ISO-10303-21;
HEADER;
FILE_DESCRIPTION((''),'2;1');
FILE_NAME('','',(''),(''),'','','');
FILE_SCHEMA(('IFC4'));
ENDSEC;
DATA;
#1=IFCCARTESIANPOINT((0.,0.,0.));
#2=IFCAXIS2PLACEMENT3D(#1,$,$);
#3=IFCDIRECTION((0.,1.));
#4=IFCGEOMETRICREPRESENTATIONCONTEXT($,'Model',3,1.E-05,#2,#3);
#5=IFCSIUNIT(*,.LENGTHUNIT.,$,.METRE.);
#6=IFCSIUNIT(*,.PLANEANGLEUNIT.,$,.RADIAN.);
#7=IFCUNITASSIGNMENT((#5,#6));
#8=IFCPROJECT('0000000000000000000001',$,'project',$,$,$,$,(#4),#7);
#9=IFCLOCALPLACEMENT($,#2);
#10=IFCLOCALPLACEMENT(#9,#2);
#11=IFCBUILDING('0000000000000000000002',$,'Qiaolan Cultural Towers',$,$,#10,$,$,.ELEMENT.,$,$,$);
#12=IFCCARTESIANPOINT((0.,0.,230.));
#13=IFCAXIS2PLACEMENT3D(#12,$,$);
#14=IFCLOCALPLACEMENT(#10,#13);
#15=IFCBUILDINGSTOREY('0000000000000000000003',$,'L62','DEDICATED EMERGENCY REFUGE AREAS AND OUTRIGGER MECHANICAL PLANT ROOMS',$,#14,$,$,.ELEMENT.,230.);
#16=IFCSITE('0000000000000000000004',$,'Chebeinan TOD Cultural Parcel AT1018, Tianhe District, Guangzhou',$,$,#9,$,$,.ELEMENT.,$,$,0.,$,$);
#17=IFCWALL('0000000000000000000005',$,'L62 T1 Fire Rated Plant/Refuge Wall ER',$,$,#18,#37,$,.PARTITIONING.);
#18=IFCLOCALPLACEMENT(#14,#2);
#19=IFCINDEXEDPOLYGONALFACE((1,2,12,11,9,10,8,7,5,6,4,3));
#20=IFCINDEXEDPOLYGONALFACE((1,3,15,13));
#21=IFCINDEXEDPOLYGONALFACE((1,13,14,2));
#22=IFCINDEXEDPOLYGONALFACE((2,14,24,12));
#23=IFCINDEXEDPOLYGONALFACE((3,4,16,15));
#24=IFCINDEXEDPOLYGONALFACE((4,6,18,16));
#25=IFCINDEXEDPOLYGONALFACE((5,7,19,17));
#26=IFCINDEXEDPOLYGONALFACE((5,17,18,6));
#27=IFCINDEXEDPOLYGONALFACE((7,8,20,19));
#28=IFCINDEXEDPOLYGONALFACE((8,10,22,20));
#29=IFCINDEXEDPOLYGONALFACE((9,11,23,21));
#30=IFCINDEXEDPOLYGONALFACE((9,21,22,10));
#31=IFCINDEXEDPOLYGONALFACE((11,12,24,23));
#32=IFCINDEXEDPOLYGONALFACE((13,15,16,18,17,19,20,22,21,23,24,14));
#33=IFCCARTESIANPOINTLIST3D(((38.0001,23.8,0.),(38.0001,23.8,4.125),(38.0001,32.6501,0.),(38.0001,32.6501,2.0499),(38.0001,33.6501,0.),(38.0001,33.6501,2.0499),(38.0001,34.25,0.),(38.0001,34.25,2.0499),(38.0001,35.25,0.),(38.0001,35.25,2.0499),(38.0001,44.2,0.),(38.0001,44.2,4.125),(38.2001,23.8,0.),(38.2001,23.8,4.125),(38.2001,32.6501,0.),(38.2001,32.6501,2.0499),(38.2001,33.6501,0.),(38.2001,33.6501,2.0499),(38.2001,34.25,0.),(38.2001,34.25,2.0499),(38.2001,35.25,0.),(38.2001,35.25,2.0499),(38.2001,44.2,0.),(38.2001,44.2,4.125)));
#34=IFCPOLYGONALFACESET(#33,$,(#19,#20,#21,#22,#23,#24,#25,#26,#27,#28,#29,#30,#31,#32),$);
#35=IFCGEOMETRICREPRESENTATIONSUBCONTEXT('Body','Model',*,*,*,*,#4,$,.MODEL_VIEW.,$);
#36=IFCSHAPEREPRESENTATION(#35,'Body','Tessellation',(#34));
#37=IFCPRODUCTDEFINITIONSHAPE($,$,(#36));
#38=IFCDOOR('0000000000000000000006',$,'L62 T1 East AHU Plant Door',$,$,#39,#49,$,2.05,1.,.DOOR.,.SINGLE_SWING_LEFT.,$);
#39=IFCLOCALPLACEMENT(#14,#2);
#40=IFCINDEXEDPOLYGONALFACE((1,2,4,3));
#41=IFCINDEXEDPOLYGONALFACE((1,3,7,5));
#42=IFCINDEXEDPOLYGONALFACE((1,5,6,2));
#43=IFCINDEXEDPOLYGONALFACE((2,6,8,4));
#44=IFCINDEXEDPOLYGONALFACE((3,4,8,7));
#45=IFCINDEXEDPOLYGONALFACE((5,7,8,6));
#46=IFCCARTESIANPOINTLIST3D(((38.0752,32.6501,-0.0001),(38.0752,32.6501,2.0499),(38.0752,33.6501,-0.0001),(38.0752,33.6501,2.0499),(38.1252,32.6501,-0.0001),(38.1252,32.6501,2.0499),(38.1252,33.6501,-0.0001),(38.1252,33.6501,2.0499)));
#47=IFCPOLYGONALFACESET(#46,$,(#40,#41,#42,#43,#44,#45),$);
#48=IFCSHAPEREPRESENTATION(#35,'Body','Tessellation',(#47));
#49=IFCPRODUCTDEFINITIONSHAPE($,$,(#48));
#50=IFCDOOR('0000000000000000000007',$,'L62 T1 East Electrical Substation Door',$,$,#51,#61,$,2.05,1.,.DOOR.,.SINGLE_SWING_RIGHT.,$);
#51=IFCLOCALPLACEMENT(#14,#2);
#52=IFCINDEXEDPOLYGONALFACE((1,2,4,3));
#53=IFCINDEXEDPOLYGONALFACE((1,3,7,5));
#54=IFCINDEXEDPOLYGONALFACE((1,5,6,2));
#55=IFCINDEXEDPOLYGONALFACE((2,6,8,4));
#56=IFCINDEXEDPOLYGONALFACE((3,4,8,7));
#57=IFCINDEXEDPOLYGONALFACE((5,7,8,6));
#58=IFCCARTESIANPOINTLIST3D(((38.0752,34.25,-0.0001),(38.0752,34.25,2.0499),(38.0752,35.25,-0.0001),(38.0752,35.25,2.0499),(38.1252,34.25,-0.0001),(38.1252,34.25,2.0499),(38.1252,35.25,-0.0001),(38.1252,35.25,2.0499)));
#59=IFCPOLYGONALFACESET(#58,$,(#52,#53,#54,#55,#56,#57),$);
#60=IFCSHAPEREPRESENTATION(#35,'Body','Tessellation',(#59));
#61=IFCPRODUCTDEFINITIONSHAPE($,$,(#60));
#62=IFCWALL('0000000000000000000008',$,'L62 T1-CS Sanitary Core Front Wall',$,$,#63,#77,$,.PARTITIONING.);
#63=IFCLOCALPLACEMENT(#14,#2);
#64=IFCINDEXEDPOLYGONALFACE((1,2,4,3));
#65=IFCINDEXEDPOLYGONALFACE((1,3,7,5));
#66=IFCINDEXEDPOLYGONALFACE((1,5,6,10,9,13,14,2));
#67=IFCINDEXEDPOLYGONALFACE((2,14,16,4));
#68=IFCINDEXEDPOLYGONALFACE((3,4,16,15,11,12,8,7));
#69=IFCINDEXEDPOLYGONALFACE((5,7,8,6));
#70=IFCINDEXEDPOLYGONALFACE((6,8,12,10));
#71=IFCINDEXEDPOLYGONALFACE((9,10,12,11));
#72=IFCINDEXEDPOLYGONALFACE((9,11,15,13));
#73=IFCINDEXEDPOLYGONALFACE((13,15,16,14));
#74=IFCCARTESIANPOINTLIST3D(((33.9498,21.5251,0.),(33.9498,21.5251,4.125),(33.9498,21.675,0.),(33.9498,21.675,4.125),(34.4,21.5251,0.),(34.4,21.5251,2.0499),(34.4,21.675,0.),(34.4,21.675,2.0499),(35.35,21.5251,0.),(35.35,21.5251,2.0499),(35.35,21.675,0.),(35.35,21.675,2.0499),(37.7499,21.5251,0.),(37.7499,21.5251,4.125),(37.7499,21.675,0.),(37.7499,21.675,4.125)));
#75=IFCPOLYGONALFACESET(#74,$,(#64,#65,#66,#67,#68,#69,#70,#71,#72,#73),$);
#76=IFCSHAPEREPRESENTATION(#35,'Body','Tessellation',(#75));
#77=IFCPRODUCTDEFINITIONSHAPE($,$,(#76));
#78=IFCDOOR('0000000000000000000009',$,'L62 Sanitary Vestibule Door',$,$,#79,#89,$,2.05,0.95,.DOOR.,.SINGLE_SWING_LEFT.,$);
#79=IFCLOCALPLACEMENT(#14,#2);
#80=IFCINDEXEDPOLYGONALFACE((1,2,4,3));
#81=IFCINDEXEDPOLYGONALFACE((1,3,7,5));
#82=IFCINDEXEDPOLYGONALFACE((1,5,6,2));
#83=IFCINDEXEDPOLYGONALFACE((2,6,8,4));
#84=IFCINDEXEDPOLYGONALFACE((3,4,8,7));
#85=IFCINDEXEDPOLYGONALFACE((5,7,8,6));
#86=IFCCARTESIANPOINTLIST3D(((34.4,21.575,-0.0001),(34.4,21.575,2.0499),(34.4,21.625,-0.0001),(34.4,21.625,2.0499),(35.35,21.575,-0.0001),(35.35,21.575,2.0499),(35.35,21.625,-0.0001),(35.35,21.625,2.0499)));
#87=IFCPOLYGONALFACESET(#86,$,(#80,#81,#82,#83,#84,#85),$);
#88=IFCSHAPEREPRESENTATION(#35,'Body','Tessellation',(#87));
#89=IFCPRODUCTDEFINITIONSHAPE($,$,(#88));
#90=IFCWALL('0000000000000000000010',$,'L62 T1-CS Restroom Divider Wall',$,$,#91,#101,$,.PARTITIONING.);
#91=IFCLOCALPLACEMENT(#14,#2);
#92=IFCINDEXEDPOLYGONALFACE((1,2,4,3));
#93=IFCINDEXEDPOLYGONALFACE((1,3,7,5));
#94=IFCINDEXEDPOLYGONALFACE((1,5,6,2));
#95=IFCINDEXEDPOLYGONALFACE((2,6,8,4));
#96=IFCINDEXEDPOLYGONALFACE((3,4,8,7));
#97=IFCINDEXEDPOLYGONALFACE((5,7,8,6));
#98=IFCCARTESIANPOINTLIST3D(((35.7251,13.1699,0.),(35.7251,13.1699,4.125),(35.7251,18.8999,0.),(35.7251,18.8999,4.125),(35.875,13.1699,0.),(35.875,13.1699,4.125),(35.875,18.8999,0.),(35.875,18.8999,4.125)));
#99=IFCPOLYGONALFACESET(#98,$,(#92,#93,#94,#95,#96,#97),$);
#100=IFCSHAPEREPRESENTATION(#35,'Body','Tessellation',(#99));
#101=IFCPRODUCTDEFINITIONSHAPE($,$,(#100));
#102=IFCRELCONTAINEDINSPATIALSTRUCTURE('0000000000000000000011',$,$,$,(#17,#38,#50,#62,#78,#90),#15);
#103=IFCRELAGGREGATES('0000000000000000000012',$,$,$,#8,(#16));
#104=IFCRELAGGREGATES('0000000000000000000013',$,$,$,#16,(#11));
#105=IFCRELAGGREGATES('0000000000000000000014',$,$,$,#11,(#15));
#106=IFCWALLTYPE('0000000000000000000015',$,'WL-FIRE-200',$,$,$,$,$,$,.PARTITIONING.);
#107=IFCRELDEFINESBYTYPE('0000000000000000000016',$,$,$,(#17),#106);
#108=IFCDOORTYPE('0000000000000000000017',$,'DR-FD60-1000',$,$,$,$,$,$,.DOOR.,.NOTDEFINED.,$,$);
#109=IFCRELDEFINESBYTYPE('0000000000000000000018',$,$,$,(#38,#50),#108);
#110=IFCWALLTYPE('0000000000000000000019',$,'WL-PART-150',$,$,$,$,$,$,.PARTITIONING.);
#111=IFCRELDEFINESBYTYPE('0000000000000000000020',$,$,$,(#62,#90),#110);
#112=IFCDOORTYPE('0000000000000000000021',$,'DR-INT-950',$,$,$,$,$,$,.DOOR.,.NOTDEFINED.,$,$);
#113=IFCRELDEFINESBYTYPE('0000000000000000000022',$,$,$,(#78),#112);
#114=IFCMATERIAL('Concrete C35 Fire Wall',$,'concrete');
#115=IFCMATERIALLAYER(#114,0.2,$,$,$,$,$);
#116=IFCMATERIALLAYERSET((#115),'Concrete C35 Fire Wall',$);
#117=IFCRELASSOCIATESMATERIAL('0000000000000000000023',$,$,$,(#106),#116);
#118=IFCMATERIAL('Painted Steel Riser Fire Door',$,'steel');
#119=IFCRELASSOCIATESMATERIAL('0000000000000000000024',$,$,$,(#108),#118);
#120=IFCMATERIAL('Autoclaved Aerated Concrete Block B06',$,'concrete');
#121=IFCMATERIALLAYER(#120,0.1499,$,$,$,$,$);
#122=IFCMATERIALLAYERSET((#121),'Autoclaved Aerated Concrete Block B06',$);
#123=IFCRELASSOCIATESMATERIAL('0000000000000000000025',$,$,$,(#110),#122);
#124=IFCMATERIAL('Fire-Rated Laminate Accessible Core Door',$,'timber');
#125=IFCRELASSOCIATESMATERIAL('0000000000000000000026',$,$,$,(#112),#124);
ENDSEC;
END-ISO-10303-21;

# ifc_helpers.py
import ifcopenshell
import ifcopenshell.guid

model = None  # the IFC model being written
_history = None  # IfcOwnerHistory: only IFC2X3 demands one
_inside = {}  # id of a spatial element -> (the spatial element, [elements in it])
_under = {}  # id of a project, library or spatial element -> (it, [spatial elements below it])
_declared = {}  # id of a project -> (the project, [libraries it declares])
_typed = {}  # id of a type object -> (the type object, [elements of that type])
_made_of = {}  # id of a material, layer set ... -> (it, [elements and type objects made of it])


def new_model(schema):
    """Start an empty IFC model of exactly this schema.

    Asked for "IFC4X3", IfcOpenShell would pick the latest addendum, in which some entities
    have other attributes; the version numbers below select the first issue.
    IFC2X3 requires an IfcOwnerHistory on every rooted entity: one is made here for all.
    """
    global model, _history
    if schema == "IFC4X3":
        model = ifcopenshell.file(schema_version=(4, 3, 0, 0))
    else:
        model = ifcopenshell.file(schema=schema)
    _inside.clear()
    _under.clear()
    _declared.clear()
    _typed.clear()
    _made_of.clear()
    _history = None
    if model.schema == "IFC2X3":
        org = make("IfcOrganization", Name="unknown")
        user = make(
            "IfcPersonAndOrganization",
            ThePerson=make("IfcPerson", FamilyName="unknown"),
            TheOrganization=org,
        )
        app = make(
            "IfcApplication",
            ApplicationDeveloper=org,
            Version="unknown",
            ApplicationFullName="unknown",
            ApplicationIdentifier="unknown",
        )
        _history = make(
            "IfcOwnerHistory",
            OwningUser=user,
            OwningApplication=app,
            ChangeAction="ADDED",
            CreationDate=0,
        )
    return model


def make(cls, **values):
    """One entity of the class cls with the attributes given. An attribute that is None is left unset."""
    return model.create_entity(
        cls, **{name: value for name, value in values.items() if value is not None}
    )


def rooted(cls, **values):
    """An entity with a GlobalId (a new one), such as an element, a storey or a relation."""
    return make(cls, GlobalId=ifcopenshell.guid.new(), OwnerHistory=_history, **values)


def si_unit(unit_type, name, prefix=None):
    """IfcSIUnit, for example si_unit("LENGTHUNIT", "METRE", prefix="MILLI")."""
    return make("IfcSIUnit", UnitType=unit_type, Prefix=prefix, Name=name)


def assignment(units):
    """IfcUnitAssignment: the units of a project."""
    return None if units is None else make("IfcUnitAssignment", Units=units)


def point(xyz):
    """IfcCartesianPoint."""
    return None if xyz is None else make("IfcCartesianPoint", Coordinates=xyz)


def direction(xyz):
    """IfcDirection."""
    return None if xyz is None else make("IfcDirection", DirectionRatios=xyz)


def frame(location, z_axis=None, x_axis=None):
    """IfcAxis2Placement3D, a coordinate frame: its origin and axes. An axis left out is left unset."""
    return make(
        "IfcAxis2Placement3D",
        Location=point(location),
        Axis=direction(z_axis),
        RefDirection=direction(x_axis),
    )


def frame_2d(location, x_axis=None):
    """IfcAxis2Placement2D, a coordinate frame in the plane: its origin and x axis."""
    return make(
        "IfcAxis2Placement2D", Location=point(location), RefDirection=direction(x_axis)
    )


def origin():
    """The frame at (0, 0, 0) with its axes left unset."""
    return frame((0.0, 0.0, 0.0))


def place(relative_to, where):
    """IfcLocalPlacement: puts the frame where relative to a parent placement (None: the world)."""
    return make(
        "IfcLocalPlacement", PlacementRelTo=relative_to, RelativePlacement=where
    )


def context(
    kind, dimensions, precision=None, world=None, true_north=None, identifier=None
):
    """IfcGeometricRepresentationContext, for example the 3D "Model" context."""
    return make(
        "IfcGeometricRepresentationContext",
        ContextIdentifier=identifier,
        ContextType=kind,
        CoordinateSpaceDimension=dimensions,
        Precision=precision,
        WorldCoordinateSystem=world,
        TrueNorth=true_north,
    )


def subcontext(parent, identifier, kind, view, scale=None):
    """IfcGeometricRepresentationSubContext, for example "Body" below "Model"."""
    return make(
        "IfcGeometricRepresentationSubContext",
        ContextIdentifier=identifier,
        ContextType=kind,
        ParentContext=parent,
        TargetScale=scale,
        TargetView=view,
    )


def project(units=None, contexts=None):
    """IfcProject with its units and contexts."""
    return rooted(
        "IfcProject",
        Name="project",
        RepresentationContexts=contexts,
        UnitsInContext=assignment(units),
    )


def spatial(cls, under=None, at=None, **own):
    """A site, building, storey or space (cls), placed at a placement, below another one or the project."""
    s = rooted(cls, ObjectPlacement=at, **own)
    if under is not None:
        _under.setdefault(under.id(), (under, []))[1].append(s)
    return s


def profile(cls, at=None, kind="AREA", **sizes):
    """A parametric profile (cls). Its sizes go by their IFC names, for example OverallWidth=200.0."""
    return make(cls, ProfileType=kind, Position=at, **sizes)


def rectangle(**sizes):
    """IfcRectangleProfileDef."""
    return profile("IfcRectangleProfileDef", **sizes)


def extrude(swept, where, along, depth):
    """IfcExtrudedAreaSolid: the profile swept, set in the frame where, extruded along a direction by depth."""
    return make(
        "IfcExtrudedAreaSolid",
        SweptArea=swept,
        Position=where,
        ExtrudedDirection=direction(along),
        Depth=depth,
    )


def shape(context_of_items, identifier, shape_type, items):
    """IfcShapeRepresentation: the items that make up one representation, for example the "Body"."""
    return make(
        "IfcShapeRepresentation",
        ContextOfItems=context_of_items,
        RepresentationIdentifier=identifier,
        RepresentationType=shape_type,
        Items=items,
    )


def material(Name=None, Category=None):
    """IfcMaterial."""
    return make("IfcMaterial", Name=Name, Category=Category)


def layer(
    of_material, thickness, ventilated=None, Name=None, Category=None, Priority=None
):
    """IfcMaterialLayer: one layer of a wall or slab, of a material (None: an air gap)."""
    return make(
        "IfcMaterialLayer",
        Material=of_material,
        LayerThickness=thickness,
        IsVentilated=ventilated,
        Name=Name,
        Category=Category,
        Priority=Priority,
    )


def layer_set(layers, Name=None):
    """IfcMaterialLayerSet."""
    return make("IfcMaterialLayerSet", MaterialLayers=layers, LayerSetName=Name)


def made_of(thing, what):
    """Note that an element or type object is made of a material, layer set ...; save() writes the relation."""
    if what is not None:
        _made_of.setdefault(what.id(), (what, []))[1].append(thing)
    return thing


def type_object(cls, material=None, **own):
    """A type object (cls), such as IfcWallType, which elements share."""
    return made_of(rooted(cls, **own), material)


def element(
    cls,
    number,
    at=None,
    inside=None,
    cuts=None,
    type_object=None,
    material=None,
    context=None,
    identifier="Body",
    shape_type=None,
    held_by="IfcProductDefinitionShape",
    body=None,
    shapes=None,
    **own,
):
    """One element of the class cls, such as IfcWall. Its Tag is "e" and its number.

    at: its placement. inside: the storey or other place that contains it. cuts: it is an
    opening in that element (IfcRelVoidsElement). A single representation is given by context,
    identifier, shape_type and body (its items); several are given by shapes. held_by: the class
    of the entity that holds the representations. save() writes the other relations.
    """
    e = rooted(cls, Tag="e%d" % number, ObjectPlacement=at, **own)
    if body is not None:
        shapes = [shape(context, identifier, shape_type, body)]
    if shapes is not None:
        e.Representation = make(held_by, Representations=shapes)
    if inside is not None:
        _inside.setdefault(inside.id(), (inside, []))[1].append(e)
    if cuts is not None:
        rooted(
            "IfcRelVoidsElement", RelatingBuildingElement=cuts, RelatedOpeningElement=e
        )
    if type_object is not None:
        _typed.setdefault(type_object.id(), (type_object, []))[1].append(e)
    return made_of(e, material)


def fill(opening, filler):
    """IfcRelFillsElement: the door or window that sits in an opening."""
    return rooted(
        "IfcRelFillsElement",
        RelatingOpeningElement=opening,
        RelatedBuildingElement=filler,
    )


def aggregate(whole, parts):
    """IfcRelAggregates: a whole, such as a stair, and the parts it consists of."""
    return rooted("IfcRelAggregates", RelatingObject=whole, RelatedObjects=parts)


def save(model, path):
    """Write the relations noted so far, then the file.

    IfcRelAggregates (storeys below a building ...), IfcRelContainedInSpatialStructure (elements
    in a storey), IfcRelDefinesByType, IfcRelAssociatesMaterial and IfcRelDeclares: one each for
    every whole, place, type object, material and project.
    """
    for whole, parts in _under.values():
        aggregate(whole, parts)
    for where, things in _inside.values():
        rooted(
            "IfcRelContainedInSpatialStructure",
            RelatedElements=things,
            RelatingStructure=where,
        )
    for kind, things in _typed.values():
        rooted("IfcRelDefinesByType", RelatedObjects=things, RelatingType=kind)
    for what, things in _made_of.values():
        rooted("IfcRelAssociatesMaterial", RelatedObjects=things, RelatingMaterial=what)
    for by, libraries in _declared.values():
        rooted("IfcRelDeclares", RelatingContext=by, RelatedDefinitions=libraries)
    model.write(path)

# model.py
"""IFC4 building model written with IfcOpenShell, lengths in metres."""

from ifc_helpers import new_model, si_unit, direction, frame, frame_2d, origin, place, context, subcontext, project, spatial, rectangle, extrude, material, layer, layer_set, type_object, element, fill, save


model = new_model("IFC4")

# Units and contexts
model_context = context("Model", 3, precision=1e-05, world=origin(), true_north=direction((0.0, 1.0)))
body_context = subcontext(model_context, "Body", "Model", "MODEL_VIEW")
ifc_project = project(units=[si_unit("LENGTHUNIT", "METRE"), si_unit("PLANEANGLEUNIT", "RADIAN")], contexts=[model_context])

# Site, building, storey
site_placement = place(None, origin())
site = spatial("IfcSite", under=ifc_project, at=site_placement, Name="Chebeinan TOD Cultural Parcel AT1018, Tianhe District, Guangzhou", CompositionType="ELEMENT", RefElevation=0.0)
building_placement = place(site_placement, origin())
building = spatial("IfcBuilding", under=site, at=building_placement, Name="Qiaolan Cultural Towers", CompositionType="ELEMENT")
storey_placement = place(building_placement, frame((0.0, 0.0, 230.0)))
storey = spatial("IfcBuildingStorey", under=building, at=storey_placement, Name="L62", Description="DEDICATED EMERGENCY REFUGE AREAS AND OUTRIGGER MECHANICAL PLANT ROOMS", CompositionType="ELEMENT", Elevation=230.0)

# Shared definitions
ifc_material_1 = material(Name="Concrete C35 Fire Wall", Category="concrete")
ifc_layer_1 = layer(ifc_material_1, 0.2)
ifc_layer_set_1 = layer_set([ifc_layer_1], Name="Concrete C35 Fire Wall")
wall_type_1 = type_object("IfcWallType", Name="WL-FIRE-200", PredefinedType="PARTITIONING", material=ifc_layer_set_1)

# Wall, openings, doors
wall_1_placement = place(storey_placement, frame((38.1001, 23.8, 0.0), z_axis=(0.0, 0.0, 1.0), x_axis=(0.0, 1.0, 0.0)))
wall_1 = element("IfcWall", 1, at=wall_1_placement, inside=storey, type_object=wall_type_1, Name="L62 T1 Fire Rated Plant/Refuge Wall ER", PredefinedType="PARTITIONING", context=body_context, shape_type="SweptSolid", body=[
    extrude(rectangle(XDim=20.3999, YDim=0.2, at=frame_2d((10.2, 0.0))), origin(), (0.0, 0.0, 1.0), 4.125),
])
opening_1_placement = place(wall_1_placement, frame((8.8501, 0.0, 0.0)))
opening_1 = element("IfcOpeningElement", 2, at=opening_1_placement, cuts=wall_1, PredefinedType="OPENING", context=body_context, shape_type="SweptSolid", body=[
    extrude(rectangle(XDim=1.0, YDim=2.05, at=frame_2d((0.5, 1.0249))), frame((0.0, 0.1099, 0.0), z_axis=(0.0, -1.0, 0.0), x_axis=(1.0, 0.0, 0.0)), (0.0, 0.0, 1.0), 0.22),
])
opening_2_placement = place(wall_1_placement, frame((10.45, 0.0, 0.0)))
opening_2 = element("IfcOpeningElement", 3, at=opening_2_placement, cuts=wall_1, PredefinedType="OPENING", context=body_context, shape_type="SweptSolid", body=[
    extrude(rectangle(XDim=1.0, YDim=2.05, at=frame_2d((0.5, 1.0249))), frame((0.0, 0.1099, 0.0), z_axis=(0.0, -1.0, 0.0), x_axis=(1.0, 0.0, 0.0)), (0.0, 0.0, 1.0), 0.22),
])
ifc_material_2 = material(Name="Painted Steel Riser Fire Door", Category="steel")
door_type_1 = type_object("IfcDoorType", Name="DR-FD60-1000", OperationType="NOTDEFINED", PredefinedType="DOOR", material=ifc_material_2)
door_1_placement = place(opening_1_placement, origin())
door_1 = element("IfcDoor", 4, at=door_1_placement, inside=storey, type_object=door_type_1, Name="L62 T1 East AHU Plant Door", OperationType="SINGLE_SWING_LEFT", OverallHeight=2.05, OverallWidth=1.0, PredefinedType="DOOR", context=body_context, shape_type="SweptSolid", body=[
    extrude(rectangle(XDim=1.0, YDim=2.05, at=frame_2d((0.5, 1.0249))), frame((0.0, 0.0249, 0.0), z_axis=(0.0, -1.0, 0.0), x_axis=(1.0, 0.0, 0.0)), (0.0, 0.0, 1.0), 0.05),
])
fill(opening_1, door_1)
door_2_placement = place(opening_2_placement, origin())
door_2 = element("IfcDoor", 5, at=door_2_placement, inside=storey, type_object=door_type_1, Name="L62 T1 East Electrical Substation Door", OperationType="SINGLE_SWING_RIGHT", OverallHeight=2.05, OverallWidth=1.0, PredefinedType="DOOR", context=body_context, shape_type="SweptSolid", body=[
    extrude(rectangle(XDim=1.0, YDim=2.05, at=frame_2d((0.5, 1.0249))), frame((0.0, 0.0249, 0.0), z_axis=(0.0, -1.0, 0.0), x_axis=(1.0, 0.0, 0.0)), (0.0, 0.0, 1.0), 0.05),
])
fill(opening_2, door_2)

# Wall, opening, door
ifc_material_3 = material(Name="Autoclaved Aerated Concrete Block B06", Category="concrete")
ifc_layer_2 = layer(ifc_material_3, 0.1499)
ifc_layer_set_2 = layer_set([ifc_layer_2], Name="Autoclaved Aerated Concrete Block B06")
wall_type_2 = type_object("IfcWallType", Name="WL-PART-150", PredefinedType="PARTITIONING", material=ifc_layer_set_2)
wall_2_placement = place(storey_placement, frame((33.95, 21.6001, 0.0), z_axis=(0.0, 0.0, 1.0), x_axis=(1.0, 0.0, 0.0)))
wall_2 = element("IfcWall", 6, at=wall_2_placement, inside=storey, type_object=wall_type_2, Name="L62 T1-CS Sanitary Core Front Wall", PredefinedType="PARTITIONING", context=body_context, shape_type="SweptSolid", body=[
    extrude(rectangle(XDim=3.8, YDim=0.1499, at=frame_2d((1.8999, 0.0))), origin(), (0.0, 0.0, 1.0), 4.125),
])
opening_3_placement = place(wall_2_placement, frame((0.45, 0.0, 0.0)))
opening_3 = element("IfcOpeningElement", 7, at=opening_3_placement, cuts=wall_2, PredefinedType="OPENING", context=body_context, shape_type="SweptSolid", body=[
    extrude(rectangle(XDim=0.95, YDim=2.05, at=frame_2d((0.4751, 1.0249))), frame((0.0, 0.085, 0.0), z_axis=(0.0, -1.0, 0.0), x_axis=(1.0, 0.0, 0.0)), (0.0, 0.0, 1.0), 0.1699),
])
ifc_material_4 = material(Name="Fire-Rated Laminate Accessible Core Door", Category="timber")
door_type_2 = type_object("IfcDoorType", Name="DR-INT-950", OperationType="NOTDEFINED", PredefinedType="DOOR", material=ifc_material_4)
door_3_placement = place(opening_3_placement, origin())
door_3 = element("IfcDoor", 8, at=door_3_placement, inside=storey, type_object=door_type_2, Name="L62 Sanitary Vestibule Door", OperationType="SINGLE_SWING_LEFT", OverallHeight=2.05, OverallWidth=0.95, PredefinedType="DOOR", context=body_context, shape_type="SweptSolid", body=[
    extrude(rectangle(XDim=0.95, YDim=2.05, at=frame_2d((0.4751, 1.0249))), frame((0.0, 0.0249, 0.0), z_axis=(0.0, -1.0, 0.0), x_axis=(1.0, 0.0, 0.0)), (0.0, 0.0, 1.0), 0.05),
])
fill(opening_3, door_3)

# Wall
wall_3_placement = place(storey_placement, frame((35.8, 18.8999, 0.0), z_axis=(0.0, 0.0, 1.0), x_axis=(0.0, -1.0, 0.0)))
element("IfcWall", 9, at=wall_3_placement, inside=storey, type_object=wall_type_2, Name="L62 T1-CS Restroom Divider Wall", PredefinedType="PARTITIONING", context=body_context, shape_type="SweptSolid", body=[
    extrude(rectangle(XDim=5.73, YDim=0.1499, at=frame_2d((2.865, 0.0))), origin(), (0.0, 0.0, 1.0), 4.125),
])

save(model, "model.ifc")
